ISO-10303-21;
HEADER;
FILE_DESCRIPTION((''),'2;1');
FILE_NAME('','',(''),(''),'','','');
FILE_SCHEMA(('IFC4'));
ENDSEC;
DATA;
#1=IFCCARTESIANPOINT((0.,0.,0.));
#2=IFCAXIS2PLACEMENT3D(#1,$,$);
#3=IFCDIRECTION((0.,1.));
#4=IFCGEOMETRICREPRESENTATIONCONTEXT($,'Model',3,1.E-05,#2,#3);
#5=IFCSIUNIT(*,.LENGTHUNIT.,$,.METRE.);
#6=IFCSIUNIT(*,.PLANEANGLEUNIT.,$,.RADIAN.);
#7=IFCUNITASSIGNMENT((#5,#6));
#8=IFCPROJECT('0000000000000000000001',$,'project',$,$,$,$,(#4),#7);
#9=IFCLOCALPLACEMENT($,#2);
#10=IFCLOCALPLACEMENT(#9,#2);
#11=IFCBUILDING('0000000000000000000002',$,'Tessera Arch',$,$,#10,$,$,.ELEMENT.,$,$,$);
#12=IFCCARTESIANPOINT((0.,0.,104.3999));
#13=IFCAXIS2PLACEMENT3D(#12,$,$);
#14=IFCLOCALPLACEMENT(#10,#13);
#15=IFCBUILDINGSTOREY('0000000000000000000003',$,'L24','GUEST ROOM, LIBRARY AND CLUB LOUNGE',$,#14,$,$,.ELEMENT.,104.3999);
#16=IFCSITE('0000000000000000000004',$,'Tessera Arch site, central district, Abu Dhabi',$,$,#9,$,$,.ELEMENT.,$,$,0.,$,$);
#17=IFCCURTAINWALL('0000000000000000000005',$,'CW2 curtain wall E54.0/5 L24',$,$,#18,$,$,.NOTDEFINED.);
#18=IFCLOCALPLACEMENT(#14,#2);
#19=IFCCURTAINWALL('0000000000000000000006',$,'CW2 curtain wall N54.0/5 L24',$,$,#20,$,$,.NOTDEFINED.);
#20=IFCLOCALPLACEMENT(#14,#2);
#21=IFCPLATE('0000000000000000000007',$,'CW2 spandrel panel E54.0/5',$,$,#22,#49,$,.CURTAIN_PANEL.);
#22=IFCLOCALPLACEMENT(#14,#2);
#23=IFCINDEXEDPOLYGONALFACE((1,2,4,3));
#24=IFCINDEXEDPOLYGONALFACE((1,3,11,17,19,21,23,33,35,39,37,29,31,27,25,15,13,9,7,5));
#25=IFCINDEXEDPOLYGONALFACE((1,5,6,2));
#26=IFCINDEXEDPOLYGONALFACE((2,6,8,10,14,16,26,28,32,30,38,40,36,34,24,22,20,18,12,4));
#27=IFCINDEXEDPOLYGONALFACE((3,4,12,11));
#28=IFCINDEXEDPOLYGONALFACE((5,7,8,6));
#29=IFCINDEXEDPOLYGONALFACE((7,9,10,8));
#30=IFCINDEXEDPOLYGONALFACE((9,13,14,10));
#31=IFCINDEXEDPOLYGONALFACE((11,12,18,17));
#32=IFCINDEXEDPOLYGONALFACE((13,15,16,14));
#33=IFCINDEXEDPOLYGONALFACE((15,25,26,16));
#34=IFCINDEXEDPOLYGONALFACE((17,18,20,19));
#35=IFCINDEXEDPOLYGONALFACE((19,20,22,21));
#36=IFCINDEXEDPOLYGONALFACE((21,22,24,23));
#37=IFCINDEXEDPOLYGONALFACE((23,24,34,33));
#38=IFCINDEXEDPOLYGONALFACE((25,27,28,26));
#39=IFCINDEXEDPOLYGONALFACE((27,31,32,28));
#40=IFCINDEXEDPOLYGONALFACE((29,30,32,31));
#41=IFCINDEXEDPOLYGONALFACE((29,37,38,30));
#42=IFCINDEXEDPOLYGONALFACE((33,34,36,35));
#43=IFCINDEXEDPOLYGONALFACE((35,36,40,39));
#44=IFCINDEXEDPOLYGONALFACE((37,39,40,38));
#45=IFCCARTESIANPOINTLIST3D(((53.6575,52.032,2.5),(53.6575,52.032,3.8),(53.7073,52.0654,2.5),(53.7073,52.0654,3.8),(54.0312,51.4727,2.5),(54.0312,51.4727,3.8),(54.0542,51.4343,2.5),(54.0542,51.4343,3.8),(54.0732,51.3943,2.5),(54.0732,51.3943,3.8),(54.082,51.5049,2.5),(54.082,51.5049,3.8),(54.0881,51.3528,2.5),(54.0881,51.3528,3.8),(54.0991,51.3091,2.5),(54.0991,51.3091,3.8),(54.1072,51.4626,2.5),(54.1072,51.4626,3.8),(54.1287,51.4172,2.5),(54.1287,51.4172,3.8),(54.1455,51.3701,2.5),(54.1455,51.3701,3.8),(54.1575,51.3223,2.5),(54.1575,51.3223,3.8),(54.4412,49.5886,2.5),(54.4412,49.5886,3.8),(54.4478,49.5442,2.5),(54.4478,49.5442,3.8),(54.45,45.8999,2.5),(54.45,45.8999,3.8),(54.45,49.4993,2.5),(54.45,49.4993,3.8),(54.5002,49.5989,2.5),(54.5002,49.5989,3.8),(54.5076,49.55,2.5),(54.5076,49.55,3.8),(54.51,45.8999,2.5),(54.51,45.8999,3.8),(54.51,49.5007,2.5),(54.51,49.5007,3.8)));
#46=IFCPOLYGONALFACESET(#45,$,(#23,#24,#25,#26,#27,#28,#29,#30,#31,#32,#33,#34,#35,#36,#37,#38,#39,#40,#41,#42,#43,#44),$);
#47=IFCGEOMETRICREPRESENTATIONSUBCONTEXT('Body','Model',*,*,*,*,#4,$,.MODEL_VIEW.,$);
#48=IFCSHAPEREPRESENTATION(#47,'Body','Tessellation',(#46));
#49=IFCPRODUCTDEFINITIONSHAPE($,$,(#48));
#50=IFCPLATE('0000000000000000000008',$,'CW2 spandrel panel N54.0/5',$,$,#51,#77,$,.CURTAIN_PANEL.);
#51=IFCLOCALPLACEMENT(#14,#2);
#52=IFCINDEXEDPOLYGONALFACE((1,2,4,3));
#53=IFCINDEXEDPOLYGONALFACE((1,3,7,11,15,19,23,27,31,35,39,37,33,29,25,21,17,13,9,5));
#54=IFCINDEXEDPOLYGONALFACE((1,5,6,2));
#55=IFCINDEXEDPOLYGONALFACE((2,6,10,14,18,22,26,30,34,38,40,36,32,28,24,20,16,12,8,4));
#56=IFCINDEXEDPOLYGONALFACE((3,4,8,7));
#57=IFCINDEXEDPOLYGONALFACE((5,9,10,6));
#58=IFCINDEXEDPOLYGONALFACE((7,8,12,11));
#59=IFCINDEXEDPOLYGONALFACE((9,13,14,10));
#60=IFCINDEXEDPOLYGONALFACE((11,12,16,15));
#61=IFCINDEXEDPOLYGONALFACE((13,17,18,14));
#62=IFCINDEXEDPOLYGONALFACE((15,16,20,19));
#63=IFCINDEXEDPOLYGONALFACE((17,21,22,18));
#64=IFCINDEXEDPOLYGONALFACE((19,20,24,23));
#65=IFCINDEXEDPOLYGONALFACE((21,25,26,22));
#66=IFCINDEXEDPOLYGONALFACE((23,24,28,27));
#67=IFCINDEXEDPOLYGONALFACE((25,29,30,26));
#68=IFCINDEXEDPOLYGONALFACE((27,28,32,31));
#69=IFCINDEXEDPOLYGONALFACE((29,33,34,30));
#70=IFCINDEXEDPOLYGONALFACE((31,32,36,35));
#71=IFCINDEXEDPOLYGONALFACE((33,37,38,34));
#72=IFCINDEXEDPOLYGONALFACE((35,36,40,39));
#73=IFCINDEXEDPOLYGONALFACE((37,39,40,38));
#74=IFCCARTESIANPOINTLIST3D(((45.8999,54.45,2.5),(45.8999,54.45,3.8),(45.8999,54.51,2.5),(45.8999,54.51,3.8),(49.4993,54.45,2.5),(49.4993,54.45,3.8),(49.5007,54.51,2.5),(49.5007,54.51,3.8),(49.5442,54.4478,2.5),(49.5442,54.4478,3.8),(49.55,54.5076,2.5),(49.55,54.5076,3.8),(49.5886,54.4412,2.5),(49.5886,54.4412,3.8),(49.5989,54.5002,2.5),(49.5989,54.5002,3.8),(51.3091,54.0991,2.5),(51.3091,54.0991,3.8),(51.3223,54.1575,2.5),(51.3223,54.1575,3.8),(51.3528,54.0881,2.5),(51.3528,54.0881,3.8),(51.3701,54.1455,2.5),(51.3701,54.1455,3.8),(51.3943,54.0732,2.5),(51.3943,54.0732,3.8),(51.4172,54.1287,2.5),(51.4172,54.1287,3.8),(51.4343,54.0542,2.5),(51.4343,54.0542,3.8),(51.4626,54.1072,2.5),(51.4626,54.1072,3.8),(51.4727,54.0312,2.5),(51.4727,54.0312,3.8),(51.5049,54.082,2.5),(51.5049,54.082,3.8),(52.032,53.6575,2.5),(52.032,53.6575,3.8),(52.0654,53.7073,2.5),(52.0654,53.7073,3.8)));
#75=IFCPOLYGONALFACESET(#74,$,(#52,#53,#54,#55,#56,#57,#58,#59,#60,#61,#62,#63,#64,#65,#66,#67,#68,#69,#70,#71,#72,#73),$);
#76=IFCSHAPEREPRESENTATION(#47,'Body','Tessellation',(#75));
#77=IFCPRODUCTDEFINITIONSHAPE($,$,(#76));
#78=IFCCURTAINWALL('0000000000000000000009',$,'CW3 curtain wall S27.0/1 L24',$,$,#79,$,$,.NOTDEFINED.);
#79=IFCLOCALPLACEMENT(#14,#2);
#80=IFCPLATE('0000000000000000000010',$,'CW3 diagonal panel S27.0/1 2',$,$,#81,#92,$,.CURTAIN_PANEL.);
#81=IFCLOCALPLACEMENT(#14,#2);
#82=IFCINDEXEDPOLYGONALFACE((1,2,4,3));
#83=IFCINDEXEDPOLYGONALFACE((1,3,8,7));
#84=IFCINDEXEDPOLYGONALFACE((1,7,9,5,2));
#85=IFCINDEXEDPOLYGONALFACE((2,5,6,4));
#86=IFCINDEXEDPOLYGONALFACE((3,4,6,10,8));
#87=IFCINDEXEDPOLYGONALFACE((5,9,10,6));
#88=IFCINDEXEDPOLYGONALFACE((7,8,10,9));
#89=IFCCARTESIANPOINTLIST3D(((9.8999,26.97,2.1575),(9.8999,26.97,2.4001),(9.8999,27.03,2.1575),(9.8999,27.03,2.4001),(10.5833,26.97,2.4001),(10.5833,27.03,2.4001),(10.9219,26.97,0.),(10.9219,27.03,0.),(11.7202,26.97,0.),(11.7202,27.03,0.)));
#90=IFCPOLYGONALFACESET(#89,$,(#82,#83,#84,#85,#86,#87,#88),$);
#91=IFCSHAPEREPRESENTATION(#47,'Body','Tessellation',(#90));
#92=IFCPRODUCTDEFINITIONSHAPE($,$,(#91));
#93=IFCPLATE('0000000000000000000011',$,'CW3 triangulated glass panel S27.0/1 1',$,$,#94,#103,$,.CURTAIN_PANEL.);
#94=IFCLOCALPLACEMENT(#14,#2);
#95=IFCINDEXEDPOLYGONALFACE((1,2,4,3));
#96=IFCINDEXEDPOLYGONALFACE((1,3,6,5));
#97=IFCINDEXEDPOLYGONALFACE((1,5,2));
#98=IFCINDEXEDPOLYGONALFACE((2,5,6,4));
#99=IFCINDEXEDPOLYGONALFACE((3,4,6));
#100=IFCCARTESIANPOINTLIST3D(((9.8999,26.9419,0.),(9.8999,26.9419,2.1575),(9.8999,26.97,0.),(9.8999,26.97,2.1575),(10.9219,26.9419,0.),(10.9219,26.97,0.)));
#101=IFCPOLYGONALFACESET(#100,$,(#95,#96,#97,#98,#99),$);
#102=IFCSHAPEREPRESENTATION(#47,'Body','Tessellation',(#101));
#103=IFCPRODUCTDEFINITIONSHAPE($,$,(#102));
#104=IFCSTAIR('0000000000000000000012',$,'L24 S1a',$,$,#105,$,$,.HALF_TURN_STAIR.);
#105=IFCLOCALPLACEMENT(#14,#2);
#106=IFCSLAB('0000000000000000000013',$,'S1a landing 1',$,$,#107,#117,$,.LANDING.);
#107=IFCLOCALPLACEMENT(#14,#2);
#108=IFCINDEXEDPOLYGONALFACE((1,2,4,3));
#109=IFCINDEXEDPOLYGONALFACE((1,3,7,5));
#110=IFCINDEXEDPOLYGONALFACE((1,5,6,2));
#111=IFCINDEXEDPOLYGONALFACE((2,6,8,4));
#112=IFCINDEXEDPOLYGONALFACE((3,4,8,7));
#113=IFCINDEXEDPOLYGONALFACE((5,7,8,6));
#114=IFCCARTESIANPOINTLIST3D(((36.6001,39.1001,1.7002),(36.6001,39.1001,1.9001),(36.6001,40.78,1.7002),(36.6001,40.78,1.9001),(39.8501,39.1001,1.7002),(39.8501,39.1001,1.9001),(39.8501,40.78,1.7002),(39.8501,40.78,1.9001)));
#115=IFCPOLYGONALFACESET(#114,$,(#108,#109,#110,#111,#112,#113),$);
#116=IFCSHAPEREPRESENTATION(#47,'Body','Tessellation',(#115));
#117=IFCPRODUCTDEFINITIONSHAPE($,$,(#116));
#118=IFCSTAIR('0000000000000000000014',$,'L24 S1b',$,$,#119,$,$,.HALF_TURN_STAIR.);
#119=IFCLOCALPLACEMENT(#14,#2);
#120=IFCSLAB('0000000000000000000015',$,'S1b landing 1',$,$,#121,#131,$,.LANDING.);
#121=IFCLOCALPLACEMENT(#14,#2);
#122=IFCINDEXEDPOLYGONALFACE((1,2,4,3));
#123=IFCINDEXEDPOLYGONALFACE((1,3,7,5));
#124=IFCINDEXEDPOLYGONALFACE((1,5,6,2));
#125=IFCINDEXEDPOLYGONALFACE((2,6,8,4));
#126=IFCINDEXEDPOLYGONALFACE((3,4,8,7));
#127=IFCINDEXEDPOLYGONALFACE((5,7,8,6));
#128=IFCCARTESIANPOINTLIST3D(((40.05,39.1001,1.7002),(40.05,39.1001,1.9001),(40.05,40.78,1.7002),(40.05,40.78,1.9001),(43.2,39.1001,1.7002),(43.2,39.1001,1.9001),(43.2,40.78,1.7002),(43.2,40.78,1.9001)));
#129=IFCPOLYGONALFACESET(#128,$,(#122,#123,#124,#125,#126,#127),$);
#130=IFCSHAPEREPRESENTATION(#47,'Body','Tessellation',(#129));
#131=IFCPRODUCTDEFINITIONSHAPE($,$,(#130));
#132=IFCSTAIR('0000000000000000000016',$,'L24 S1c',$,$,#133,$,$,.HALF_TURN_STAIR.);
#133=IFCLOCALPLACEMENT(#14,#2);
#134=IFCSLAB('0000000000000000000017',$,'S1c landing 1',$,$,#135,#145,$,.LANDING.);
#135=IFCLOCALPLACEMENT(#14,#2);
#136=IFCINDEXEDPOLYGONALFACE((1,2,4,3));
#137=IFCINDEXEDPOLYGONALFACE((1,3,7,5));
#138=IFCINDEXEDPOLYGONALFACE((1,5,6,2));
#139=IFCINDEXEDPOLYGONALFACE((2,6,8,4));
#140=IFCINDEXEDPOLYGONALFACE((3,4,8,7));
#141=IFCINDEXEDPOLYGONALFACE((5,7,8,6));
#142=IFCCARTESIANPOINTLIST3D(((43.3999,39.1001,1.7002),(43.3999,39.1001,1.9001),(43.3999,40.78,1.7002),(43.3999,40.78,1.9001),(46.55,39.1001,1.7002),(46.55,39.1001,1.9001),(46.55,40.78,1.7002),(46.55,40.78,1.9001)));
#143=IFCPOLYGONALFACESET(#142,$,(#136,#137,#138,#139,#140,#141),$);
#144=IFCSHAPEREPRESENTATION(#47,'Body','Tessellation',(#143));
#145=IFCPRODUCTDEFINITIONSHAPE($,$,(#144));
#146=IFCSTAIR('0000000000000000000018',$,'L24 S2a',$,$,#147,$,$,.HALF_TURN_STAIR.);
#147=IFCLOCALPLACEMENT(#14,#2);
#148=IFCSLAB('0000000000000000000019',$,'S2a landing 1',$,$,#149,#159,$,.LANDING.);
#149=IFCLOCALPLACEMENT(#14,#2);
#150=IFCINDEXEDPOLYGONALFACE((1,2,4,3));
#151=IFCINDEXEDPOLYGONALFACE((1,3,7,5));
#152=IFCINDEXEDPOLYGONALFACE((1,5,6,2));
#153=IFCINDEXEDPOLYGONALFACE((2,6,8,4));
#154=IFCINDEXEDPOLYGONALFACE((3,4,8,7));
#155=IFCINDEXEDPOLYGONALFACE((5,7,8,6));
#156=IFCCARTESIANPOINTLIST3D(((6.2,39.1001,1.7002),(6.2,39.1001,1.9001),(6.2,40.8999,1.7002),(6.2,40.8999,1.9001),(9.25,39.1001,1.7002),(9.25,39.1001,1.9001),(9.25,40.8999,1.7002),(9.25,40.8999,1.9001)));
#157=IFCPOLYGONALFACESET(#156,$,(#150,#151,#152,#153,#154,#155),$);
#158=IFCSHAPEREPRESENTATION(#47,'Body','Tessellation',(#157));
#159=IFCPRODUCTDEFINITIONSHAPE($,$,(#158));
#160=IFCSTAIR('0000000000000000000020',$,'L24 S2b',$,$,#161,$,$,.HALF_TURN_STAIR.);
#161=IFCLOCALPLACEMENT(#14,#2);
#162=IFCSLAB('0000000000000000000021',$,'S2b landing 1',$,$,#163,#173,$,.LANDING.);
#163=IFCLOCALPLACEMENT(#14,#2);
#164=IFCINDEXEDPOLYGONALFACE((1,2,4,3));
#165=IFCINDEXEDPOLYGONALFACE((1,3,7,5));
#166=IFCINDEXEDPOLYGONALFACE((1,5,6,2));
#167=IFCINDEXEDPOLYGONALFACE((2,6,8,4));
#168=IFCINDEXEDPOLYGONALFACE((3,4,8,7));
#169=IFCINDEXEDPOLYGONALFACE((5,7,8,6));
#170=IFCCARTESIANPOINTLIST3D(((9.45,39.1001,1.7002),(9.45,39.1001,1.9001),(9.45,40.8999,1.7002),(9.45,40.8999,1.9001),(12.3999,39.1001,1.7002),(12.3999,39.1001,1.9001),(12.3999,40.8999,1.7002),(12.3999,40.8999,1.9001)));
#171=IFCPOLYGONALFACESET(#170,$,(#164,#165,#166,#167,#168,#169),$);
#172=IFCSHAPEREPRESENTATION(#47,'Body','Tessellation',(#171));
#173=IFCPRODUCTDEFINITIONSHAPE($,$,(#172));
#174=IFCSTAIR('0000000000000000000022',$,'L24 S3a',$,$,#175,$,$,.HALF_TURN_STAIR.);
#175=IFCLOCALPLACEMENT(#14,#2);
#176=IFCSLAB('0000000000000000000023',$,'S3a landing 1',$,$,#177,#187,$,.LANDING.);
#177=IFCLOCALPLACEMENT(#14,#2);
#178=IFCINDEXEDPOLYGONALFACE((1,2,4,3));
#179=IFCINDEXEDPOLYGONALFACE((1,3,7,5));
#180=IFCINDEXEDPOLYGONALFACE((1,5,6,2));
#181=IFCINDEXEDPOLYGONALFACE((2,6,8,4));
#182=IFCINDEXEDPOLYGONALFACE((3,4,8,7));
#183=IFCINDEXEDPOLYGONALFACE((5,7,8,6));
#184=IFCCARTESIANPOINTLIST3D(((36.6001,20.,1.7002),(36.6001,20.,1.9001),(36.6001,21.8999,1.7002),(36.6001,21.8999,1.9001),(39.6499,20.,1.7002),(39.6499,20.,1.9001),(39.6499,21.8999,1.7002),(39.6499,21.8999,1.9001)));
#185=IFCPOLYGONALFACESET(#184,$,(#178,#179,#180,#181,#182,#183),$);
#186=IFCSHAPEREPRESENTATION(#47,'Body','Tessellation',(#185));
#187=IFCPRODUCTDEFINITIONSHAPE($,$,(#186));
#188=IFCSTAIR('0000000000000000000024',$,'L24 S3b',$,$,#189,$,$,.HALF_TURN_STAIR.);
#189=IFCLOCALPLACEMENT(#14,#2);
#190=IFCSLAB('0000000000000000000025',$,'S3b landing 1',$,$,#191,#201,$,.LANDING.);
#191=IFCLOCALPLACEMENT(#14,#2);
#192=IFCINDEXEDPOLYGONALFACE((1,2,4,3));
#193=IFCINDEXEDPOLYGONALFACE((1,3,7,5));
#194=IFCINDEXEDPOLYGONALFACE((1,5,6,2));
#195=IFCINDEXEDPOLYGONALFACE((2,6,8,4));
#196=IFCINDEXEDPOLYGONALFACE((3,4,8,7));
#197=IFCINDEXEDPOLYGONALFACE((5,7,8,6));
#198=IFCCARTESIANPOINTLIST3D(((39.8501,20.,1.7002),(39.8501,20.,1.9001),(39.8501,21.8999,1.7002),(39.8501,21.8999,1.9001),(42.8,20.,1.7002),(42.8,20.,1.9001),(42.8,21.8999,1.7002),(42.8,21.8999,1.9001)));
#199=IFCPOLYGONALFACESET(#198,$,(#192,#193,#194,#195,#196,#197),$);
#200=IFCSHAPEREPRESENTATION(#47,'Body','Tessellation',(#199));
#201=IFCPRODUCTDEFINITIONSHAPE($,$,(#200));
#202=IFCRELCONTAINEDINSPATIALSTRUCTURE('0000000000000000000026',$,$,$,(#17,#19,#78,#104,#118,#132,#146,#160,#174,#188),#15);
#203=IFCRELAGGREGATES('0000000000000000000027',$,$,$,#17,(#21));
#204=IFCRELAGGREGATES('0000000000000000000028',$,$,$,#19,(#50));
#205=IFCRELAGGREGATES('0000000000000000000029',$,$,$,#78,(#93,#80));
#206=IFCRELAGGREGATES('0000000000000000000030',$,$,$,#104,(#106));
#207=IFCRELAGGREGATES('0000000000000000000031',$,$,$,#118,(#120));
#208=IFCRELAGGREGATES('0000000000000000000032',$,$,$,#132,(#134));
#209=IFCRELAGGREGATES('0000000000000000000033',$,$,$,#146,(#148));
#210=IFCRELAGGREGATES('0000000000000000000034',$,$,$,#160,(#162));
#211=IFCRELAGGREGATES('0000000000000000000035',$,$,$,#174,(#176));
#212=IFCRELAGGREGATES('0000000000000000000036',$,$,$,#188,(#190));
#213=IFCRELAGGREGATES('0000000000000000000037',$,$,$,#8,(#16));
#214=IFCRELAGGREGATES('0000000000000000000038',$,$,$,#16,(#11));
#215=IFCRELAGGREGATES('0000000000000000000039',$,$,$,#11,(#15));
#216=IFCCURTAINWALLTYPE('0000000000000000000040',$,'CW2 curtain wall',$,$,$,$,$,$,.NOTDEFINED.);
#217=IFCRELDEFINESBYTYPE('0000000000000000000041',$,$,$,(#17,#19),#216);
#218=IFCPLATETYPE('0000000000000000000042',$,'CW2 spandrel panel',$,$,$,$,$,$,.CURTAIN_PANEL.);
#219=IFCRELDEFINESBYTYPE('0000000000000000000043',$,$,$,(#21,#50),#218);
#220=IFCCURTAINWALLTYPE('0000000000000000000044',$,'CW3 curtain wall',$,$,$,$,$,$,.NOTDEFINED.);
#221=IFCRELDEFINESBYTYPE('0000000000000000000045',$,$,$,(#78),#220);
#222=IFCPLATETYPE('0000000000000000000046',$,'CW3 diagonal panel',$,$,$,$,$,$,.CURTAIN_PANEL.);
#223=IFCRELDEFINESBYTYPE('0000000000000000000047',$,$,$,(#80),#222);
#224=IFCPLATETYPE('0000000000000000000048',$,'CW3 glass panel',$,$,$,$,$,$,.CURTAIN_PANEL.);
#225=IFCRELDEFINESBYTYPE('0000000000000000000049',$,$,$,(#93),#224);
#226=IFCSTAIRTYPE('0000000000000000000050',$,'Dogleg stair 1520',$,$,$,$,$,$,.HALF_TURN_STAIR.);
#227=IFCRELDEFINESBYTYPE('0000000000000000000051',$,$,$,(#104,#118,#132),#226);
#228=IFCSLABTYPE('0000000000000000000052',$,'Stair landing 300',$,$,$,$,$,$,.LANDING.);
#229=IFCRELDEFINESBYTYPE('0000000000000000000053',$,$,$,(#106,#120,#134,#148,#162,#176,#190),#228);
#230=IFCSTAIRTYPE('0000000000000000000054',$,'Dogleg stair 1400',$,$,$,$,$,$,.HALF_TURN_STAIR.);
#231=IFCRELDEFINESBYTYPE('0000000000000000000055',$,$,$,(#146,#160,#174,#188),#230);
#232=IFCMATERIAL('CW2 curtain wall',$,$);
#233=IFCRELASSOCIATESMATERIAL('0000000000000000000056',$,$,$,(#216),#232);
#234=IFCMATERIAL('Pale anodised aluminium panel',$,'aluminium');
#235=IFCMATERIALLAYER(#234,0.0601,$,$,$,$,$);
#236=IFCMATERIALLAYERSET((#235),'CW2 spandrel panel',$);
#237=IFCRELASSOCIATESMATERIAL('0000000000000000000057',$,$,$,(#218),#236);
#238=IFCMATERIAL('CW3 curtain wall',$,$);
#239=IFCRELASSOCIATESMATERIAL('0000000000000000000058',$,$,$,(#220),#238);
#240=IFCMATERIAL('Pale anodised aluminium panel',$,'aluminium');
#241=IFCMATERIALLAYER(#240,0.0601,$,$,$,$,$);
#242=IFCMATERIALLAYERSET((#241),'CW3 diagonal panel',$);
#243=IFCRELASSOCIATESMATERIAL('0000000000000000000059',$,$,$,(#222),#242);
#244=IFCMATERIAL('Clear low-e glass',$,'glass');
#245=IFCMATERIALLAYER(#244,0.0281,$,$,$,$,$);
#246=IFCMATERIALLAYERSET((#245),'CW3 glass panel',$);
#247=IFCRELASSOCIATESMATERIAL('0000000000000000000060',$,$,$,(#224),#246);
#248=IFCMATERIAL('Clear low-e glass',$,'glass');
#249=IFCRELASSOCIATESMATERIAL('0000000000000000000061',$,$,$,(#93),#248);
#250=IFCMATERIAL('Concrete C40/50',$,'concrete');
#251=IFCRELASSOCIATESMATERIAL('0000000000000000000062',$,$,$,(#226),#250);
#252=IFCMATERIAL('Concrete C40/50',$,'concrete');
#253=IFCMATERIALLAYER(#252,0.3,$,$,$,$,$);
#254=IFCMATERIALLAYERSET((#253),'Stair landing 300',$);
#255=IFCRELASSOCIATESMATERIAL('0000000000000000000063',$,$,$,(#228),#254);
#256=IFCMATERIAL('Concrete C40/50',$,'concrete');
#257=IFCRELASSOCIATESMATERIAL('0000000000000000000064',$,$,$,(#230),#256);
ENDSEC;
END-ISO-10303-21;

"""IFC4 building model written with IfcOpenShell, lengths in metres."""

from ifc_helpers import new_model, si_unit, direction, frame, origin, place, context, subcontext, project, spatial, polyline, outline, extrude, material, layer, layer_set, type_object, element, aggregate, save


model = new_model("IFC4")

# Units and contexts
model_context = context("Model", 3, precision=1e-05, world=origin(), true_north=direction((0.0, 1.0)))
body_context = subcontext(model_context, "Body", "Model", "MODEL_VIEW")
ifc_project = project(units=[si_unit("LENGTHUNIT", "METRE"), si_unit("PLANEANGLEUNIT", "RADIAN")], contexts=[model_context])

# Site, building, storey
site_placement = place(None, origin())
site = spatial("IfcSite", under=ifc_project, at=site_placement, Name="Tessera Arch site, central district, Abu Dhabi", CompositionType="ELEMENT", RefElevation=0.0)
building_placement = place(site_placement, origin())
building = spatial("IfcBuilding", under=site, at=building_placement, Name="Tessera Arch", CompositionType="ELEMENT")
storey_placement = place(building_placement, frame((0.0, 0.0, 104.3999)))
storey = spatial("IfcBuildingStorey", under=building, at=storey_placement, Name="L24", Description="GUEST ROOM, LIBRARY AND CLUB LOUNGE", CompositionType="ELEMENT", Elevation=104.3999)

# Curtain walls
ifc_material_1 = material(Name="CW2 curtain wall")
curtain_wall_type_1 = type_object("IfcCurtainWallType", Name="CW2 curtain wall", PredefinedType="NOTDEFINED", material=ifc_material_1)
curtain_wall_1_placement = place(storey_placement, origin())
curtain_wall_1 = element("IfcCurtainWall", 1, at=curtain_wall_1_placement, inside=storey, type_object=curtain_wall_type_1, Name="CW2 curtain wall E54.0/5 L24", PredefinedType="NOTDEFINED")
curtain_wall_2_placement = place(storey_placement, origin())
curtain_wall_2 = element("IfcCurtainWall", 2, at=curtain_wall_2_placement, inside=storey, type_object=curtain_wall_type_1, Name="CW2 curtain wall N54.0/5 L24", PredefinedType="NOTDEFINED")

# Shared definitions
ifc_material_2 = material(Name="Clear low-e glass", Category="glass")

# Shared definitions
ifc_material_3 = material(Name="Pale anodised aluminium panel", Category="aluminium")
ifc_layer_1 = layer(ifc_material_3, 0.0601)
ifc_layer_set_1 = layer_set([ifc_layer_1], Name="CW2 spandrel panel")
plate_type_1 = type_object("IfcPlateType", Name="CW2 spandrel panel", PredefinedType="CURTAIN_PANEL", material=ifc_layer_set_1)

# Plates
plate_1_placement = place(storey_placement, frame((0.0, 0.0, 2.5)))
plate_1 = element("IfcPlate", 3, at=plate_1_placement, type_object=plate_type_1, Name="CW2 spandrel panel E54.0/5", PredefinedType="CURTAIN_PANEL", context=body_context, shape_type="SweptSolid", body=[
    extrude(outline(polyline([(54.45, 49.4993), (54.45, 45.8999), (54.51, 45.8999), (54.51, 49.5007), (54.5076, 49.55), (54.5002, 49.5989), (54.1575, 51.3223), (54.1455, 51.3701), (54.1287, 51.4172), (54.1072, 51.4626), (54.082, 51.5049), (53.7073, 52.0654), (53.6575, 52.032), (54.0312, 51.4727), (54.0542, 51.4343), (54.0732, 51.3943), (54.0881, 51.3528), (54.0991, 51.3091), (54.4412, 49.5886), (54.4478, 49.5442), (54.45, 49.4993)])), origin(), (0.0, 0.0, 1.0), 1.3),
])
aggregate(curtain_wall_1, [plate_1])
plate_2_placement = place(storey_placement, frame((0.0, 0.0, 2.5)))
plate_2 = element("IfcPlate", 4, at=plate_2_placement, type_object=plate_type_1, Name="CW2 spandrel panel N54.0/5", PredefinedType="CURTAIN_PANEL", context=body_context, shape_type="SweptSolid", body=[
    extrude(outline(polyline([(51.4727, 54.0312), (52.032, 53.6575), (52.0654, 53.7073), (51.5049, 54.082), (51.4626, 54.1072), (51.4172, 54.1287), (51.3701, 54.1455), (51.3223, 54.1575), (49.5989, 54.5002), (49.55, 54.5076), (49.5007, 54.51), (45.8999, 54.51), (45.8999, 54.45), (49.4993, 54.45), (49.5442, 54.4478), (49.5886, 54.4412), (51.3091, 54.0991), (51.3528, 54.0881), (51.3943, 54.0732), (51.4343, 54.0542), (51.4727, 54.0312)])), origin(), (0.0, 0.0, 1.0), 1.3),
])
aggregate(curtain_wall_2, [plate_2])

# Curtain wall, plates
ifc_material_4 = material(Name="CW3 curtain wall")
curtain_wall_type_2 = type_object("IfcCurtainWallType", Name="CW3 curtain wall", PredefinedType="NOTDEFINED", material=ifc_material_4)
curtain_wall_3_placement = place(storey_placement, origin())
curtain_wall_3 = element("IfcCurtainWall", 5, at=curtain_wall_3_placement, inside=storey, type_object=curtain_wall_type_2, Name="CW3 curtain wall S27.0/1 L24", PredefinedType="NOTDEFINED")
ifc_material_5 = material(Name="Pale anodised aluminium panel", Category="aluminium")
ifc_layer_2 = layer(ifc_material_5, 0.0601)
ifc_layer_set_2 = layer_set([ifc_layer_2], Name="CW3 diagonal panel")
plate_type_2 = type_object("IfcPlateType", Name="CW3 diagonal panel", PredefinedType="CURTAIN_PANEL", material=ifc_layer_set_2)
plate_3_placement = place(storey_placement, frame((9.8999, 26.97, 2.4001), z_axis=(0.0, -1.0, 0.0), x_axis=(0.0, 0.0, -1.0)))
plate_3 = element("IfcPlate", 6, at=plate_3_placement, type_object=plate_type_2, Name="CW3 diagonal panel S27.0/1 2", PredefinedType="CURTAIN_PANEL", context=body_context, shape_type="SweptSolid", body=[
    extrude(outline(polyline([(0.0, 0.0), (0.2427, 0.0), (2.4001, 1.022), (2.4001, 1.8203), (0.0, 0.6833), (0.0, 0.0)])), origin(), (0.0, 0.0, -1.0), 0.0601),
])
ifc_material_6 = material(Name="Clear low-e glass", Category="glass")
ifc_layer_3 = layer(ifc_material_6, 0.0281)
ifc_layer_set_3 = layer_set([ifc_layer_3], Name="CW3 glass panel")
plate_type_3 = type_object("IfcPlateType", Name="CW3 glass panel", PredefinedType="CURTAIN_PANEL", material=ifc_layer_set_3)
plate_4_placement = place(storey_placement, frame((9.8999, 26.9419, 0.0), z_axis=(0.0, -1.0, 0.0), x_axis=(1.0, 0.0, 0.0)))
plate_4 = element("IfcPlate", 7, at=plate_4_placement, type_object=plate_type_3, material=ifc_material_2, Name="CW3 triangulated glass panel S27.0/1 1", PredefinedType="CURTAIN_PANEL", context=body_context, shape_type="SweptSolid", body=[
    extrude(outline(polyline([(0.0, 0.0), (1.022, 0.0), (0.0, 2.1575), (0.0, 0.0)])), origin(), (0.0, 0.0, -1.0), 0.0281),
])
aggregate(curtain_wall_3, [plate_4, plate_3])

# Stairs, slabs
ifc_material_7 = material(Name="Concrete C40/50", Category="concrete")
stair_type_1 = type_object("IfcStairType", Name="Dogleg stair 1520", PredefinedType="HALF_TURN_STAIR", material=ifc_material_7)
stair_1_placement = place(storey_placement, origin())
stair_1 = element("IfcStair", 8, at=stair_1_placement, inside=storey, type_object=stair_type_1, Name="L24 S1a", PredefinedType="HALF_TURN_STAIR")
ifc_material_8 = material(Name="Concrete C40/50", Category="concrete")
ifc_layer_4 = layer(ifc_material_8, 0.3)
ifc_layer_set_4 = layer_set([ifc_layer_4], Name="Stair landing 300")
slab_type = type_object("IfcSlabType", Name="Stair landing 300", PredefinedType="LANDING", material=ifc_layer_set_4)
slab_1_placement = place(storey_placement, frame((0.0, 0.0, 1.7002)))
slab_1 = element("IfcSlab", 9, at=slab_1_placement, type_object=slab_type, Name="S1a landing 1", PredefinedType="LANDING", context=body_context, shape_type="SweptSolid", body=[
    extrude(outline(polyline([(36.6001, 40.78), (36.6001, 39.1001), (39.8501, 39.1001), (39.8501, 40.78), (36.6001, 40.78)])), origin(), (0.0, 0.0, 1.0), 0.2),
])
aggregate(stair_1, [slab_1])
stair_2_placement = place(storey_placement, origin())
stair_2 = element("IfcStair", 10, at=stair_2_placement, inside=storey, type_object=stair_type_1, Name="L24 S1b", PredefinedType="HALF_TURN_STAIR")
slab_2_placement = place(storey_placement, frame((0.0, 0.0, 1.7002)))
slab_2 = element("IfcSlab", 11, at=slab_2_placement, type_object=slab_type, Name="S1b landing 1", PredefinedType="LANDING", context=body_context, shape_type="SweptSolid", body=[
    extrude(outline(polyline([(40.05, 40.78), (40.05, 39.1001), (43.2, 39.1001), (43.2, 40.78), (40.05, 40.78)])), origin(), (0.0, 0.0, 1.0), 0.2),
])
aggregate(stair_2, [slab_2])
stair_3_placement = place(storey_placement, origin())
stair_3 = element("IfcStair", 12, at=stair_3_placement, inside=storey, type_object=stair_type_1, Name="L24 S1c", PredefinedType="HALF_TURN_STAIR")
slab_3_placement = place(storey_placement, frame((0.0, 0.0, 1.7002)))
slab_3 = element("IfcSlab", 13, at=slab_3_placement, type_object=slab_type, Name="S1c landing 1", PredefinedType="LANDING", context=body_context, shape_type="SweptSolid", body=[
    extrude(outline(polyline([(43.3999, 40.78), (43.3999, 39.1001), (46.55, 39.1001), (46.55, 40.78), (43.3999, 40.78)])), origin(), (0.0, 0.0, 1.0), 0.2),
])
aggregate(stair_3, [slab_3])
ifc_material_9 = material(Name="Concrete C40/50", Category="concrete")
stair_type_2 = type_object("IfcStairType", Name="Dogleg stair 1400", PredefinedType="HALF_TURN_STAIR", material=ifc_material_9)
stair_4_placement = place(storey_placement, origin())
stair_4 = element("IfcStair", 14, at=stair_4_placement, inside=storey, type_object=stair_type_2, Name="L24 S2a", PredefinedType="HALF_TURN_STAIR")
slab_4_placement = place(storey_placement, frame((0.0, 0.0, 1.7002)))
slab_4 = element("IfcSlab", 15, at=slab_4_placement, type_object=slab_type, Name="S2a landing 1", PredefinedType="LANDING", context=body_context, shape_type="SweptSolid", body=[
    extrude(outline(polyline([(6.2, 40.8999), (6.2, 39.1001), (9.25, 39.1001), (9.25, 40.8999), (6.2, 40.8999)])), origin(), (0.0, 0.0, 1.0), 0.2),
])
aggregate(stair_4, [slab_4])
stair_5_placement = place(storey_placement, origin())
stair_5 = element("IfcStair", 16, at=stair_5_placement, inside=storey, type_object=stair_type_2, Name="L24 S2b", PredefinedType="HALF_TURN_STAIR")
slab_5_placement = place(storey_placement, frame((0.0, 0.0, 1.7002)))
slab_5 = element("IfcSlab", 17, at=slab_5_placement, type_object=slab_type, Name="S2b landing 1", PredefinedType="LANDING", context=body_context, shape_type="SweptSolid", body=[
    extrude(outline(polyline([(9.45, 40.8999), (9.45, 39.1001), (12.3999, 39.1001), (12.3999, 40.8999), (9.45, 40.8999)])), origin(), (0.0, 0.0, 1.0), 0.2),
])
aggregate(stair_5, [slab_5])
stair_6_placement = place(storey_placement, origin())
stair_6 = element("IfcStair", 18, at=stair_6_placement, inside=storey, type_object=stair_type_2, Name="L24 S3a", PredefinedType="HALF_TURN_STAIR")
slab_6_placement = place(storey_placement, frame((0.0, 0.0, 1.7002)))
slab_6 = element("IfcSlab", 19, at=slab_6_placement, type_object=slab_type, Name="S3a landing 1", PredefinedType="LANDING", context=body_context, shape_type="SweptSolid", body=[
    extrude(outline(polyline([(39.6499, 20.0), (39.6499, 21.8999), (36.6001, 21.8999), (36.6001, 20.0), (39.6499, 20.0)])), origin(), (0.0, 0.0, 1.0), 0.2),
])
aggregate(stair_6, [slab_6])
stair_7_placement = place(storey_placement, origin())
stair_7 = element("IfcStair", 20, at=stair_7_placement, inside=storey, type_object=stair_type_2, Name="L24 S3b", PredefinedType="HALF_TURN_STAIR")
slab_7_placement = place(storey_placement, frame((0.0, 0.0, 1.7002)))
slab_7 = element("IfcSlab", 21, at=slab_7_placement, type_object=slab_type, Name="S3b landing 1", PredefinedType="LANDING", context=body_context, shape_type="SweptSolid", body=[
    extrude(outline(polyline([(42.8, 20.0), (42.8, 21.8999), (39.8501, 21.8999), (39.8501, 20.0), (42.8, 20.0)])), origin(), (0.0, 0.0, 1.0), 0.2),
])
aggregate(stair_7, [slab_7])

save(model, "model.ifc")
